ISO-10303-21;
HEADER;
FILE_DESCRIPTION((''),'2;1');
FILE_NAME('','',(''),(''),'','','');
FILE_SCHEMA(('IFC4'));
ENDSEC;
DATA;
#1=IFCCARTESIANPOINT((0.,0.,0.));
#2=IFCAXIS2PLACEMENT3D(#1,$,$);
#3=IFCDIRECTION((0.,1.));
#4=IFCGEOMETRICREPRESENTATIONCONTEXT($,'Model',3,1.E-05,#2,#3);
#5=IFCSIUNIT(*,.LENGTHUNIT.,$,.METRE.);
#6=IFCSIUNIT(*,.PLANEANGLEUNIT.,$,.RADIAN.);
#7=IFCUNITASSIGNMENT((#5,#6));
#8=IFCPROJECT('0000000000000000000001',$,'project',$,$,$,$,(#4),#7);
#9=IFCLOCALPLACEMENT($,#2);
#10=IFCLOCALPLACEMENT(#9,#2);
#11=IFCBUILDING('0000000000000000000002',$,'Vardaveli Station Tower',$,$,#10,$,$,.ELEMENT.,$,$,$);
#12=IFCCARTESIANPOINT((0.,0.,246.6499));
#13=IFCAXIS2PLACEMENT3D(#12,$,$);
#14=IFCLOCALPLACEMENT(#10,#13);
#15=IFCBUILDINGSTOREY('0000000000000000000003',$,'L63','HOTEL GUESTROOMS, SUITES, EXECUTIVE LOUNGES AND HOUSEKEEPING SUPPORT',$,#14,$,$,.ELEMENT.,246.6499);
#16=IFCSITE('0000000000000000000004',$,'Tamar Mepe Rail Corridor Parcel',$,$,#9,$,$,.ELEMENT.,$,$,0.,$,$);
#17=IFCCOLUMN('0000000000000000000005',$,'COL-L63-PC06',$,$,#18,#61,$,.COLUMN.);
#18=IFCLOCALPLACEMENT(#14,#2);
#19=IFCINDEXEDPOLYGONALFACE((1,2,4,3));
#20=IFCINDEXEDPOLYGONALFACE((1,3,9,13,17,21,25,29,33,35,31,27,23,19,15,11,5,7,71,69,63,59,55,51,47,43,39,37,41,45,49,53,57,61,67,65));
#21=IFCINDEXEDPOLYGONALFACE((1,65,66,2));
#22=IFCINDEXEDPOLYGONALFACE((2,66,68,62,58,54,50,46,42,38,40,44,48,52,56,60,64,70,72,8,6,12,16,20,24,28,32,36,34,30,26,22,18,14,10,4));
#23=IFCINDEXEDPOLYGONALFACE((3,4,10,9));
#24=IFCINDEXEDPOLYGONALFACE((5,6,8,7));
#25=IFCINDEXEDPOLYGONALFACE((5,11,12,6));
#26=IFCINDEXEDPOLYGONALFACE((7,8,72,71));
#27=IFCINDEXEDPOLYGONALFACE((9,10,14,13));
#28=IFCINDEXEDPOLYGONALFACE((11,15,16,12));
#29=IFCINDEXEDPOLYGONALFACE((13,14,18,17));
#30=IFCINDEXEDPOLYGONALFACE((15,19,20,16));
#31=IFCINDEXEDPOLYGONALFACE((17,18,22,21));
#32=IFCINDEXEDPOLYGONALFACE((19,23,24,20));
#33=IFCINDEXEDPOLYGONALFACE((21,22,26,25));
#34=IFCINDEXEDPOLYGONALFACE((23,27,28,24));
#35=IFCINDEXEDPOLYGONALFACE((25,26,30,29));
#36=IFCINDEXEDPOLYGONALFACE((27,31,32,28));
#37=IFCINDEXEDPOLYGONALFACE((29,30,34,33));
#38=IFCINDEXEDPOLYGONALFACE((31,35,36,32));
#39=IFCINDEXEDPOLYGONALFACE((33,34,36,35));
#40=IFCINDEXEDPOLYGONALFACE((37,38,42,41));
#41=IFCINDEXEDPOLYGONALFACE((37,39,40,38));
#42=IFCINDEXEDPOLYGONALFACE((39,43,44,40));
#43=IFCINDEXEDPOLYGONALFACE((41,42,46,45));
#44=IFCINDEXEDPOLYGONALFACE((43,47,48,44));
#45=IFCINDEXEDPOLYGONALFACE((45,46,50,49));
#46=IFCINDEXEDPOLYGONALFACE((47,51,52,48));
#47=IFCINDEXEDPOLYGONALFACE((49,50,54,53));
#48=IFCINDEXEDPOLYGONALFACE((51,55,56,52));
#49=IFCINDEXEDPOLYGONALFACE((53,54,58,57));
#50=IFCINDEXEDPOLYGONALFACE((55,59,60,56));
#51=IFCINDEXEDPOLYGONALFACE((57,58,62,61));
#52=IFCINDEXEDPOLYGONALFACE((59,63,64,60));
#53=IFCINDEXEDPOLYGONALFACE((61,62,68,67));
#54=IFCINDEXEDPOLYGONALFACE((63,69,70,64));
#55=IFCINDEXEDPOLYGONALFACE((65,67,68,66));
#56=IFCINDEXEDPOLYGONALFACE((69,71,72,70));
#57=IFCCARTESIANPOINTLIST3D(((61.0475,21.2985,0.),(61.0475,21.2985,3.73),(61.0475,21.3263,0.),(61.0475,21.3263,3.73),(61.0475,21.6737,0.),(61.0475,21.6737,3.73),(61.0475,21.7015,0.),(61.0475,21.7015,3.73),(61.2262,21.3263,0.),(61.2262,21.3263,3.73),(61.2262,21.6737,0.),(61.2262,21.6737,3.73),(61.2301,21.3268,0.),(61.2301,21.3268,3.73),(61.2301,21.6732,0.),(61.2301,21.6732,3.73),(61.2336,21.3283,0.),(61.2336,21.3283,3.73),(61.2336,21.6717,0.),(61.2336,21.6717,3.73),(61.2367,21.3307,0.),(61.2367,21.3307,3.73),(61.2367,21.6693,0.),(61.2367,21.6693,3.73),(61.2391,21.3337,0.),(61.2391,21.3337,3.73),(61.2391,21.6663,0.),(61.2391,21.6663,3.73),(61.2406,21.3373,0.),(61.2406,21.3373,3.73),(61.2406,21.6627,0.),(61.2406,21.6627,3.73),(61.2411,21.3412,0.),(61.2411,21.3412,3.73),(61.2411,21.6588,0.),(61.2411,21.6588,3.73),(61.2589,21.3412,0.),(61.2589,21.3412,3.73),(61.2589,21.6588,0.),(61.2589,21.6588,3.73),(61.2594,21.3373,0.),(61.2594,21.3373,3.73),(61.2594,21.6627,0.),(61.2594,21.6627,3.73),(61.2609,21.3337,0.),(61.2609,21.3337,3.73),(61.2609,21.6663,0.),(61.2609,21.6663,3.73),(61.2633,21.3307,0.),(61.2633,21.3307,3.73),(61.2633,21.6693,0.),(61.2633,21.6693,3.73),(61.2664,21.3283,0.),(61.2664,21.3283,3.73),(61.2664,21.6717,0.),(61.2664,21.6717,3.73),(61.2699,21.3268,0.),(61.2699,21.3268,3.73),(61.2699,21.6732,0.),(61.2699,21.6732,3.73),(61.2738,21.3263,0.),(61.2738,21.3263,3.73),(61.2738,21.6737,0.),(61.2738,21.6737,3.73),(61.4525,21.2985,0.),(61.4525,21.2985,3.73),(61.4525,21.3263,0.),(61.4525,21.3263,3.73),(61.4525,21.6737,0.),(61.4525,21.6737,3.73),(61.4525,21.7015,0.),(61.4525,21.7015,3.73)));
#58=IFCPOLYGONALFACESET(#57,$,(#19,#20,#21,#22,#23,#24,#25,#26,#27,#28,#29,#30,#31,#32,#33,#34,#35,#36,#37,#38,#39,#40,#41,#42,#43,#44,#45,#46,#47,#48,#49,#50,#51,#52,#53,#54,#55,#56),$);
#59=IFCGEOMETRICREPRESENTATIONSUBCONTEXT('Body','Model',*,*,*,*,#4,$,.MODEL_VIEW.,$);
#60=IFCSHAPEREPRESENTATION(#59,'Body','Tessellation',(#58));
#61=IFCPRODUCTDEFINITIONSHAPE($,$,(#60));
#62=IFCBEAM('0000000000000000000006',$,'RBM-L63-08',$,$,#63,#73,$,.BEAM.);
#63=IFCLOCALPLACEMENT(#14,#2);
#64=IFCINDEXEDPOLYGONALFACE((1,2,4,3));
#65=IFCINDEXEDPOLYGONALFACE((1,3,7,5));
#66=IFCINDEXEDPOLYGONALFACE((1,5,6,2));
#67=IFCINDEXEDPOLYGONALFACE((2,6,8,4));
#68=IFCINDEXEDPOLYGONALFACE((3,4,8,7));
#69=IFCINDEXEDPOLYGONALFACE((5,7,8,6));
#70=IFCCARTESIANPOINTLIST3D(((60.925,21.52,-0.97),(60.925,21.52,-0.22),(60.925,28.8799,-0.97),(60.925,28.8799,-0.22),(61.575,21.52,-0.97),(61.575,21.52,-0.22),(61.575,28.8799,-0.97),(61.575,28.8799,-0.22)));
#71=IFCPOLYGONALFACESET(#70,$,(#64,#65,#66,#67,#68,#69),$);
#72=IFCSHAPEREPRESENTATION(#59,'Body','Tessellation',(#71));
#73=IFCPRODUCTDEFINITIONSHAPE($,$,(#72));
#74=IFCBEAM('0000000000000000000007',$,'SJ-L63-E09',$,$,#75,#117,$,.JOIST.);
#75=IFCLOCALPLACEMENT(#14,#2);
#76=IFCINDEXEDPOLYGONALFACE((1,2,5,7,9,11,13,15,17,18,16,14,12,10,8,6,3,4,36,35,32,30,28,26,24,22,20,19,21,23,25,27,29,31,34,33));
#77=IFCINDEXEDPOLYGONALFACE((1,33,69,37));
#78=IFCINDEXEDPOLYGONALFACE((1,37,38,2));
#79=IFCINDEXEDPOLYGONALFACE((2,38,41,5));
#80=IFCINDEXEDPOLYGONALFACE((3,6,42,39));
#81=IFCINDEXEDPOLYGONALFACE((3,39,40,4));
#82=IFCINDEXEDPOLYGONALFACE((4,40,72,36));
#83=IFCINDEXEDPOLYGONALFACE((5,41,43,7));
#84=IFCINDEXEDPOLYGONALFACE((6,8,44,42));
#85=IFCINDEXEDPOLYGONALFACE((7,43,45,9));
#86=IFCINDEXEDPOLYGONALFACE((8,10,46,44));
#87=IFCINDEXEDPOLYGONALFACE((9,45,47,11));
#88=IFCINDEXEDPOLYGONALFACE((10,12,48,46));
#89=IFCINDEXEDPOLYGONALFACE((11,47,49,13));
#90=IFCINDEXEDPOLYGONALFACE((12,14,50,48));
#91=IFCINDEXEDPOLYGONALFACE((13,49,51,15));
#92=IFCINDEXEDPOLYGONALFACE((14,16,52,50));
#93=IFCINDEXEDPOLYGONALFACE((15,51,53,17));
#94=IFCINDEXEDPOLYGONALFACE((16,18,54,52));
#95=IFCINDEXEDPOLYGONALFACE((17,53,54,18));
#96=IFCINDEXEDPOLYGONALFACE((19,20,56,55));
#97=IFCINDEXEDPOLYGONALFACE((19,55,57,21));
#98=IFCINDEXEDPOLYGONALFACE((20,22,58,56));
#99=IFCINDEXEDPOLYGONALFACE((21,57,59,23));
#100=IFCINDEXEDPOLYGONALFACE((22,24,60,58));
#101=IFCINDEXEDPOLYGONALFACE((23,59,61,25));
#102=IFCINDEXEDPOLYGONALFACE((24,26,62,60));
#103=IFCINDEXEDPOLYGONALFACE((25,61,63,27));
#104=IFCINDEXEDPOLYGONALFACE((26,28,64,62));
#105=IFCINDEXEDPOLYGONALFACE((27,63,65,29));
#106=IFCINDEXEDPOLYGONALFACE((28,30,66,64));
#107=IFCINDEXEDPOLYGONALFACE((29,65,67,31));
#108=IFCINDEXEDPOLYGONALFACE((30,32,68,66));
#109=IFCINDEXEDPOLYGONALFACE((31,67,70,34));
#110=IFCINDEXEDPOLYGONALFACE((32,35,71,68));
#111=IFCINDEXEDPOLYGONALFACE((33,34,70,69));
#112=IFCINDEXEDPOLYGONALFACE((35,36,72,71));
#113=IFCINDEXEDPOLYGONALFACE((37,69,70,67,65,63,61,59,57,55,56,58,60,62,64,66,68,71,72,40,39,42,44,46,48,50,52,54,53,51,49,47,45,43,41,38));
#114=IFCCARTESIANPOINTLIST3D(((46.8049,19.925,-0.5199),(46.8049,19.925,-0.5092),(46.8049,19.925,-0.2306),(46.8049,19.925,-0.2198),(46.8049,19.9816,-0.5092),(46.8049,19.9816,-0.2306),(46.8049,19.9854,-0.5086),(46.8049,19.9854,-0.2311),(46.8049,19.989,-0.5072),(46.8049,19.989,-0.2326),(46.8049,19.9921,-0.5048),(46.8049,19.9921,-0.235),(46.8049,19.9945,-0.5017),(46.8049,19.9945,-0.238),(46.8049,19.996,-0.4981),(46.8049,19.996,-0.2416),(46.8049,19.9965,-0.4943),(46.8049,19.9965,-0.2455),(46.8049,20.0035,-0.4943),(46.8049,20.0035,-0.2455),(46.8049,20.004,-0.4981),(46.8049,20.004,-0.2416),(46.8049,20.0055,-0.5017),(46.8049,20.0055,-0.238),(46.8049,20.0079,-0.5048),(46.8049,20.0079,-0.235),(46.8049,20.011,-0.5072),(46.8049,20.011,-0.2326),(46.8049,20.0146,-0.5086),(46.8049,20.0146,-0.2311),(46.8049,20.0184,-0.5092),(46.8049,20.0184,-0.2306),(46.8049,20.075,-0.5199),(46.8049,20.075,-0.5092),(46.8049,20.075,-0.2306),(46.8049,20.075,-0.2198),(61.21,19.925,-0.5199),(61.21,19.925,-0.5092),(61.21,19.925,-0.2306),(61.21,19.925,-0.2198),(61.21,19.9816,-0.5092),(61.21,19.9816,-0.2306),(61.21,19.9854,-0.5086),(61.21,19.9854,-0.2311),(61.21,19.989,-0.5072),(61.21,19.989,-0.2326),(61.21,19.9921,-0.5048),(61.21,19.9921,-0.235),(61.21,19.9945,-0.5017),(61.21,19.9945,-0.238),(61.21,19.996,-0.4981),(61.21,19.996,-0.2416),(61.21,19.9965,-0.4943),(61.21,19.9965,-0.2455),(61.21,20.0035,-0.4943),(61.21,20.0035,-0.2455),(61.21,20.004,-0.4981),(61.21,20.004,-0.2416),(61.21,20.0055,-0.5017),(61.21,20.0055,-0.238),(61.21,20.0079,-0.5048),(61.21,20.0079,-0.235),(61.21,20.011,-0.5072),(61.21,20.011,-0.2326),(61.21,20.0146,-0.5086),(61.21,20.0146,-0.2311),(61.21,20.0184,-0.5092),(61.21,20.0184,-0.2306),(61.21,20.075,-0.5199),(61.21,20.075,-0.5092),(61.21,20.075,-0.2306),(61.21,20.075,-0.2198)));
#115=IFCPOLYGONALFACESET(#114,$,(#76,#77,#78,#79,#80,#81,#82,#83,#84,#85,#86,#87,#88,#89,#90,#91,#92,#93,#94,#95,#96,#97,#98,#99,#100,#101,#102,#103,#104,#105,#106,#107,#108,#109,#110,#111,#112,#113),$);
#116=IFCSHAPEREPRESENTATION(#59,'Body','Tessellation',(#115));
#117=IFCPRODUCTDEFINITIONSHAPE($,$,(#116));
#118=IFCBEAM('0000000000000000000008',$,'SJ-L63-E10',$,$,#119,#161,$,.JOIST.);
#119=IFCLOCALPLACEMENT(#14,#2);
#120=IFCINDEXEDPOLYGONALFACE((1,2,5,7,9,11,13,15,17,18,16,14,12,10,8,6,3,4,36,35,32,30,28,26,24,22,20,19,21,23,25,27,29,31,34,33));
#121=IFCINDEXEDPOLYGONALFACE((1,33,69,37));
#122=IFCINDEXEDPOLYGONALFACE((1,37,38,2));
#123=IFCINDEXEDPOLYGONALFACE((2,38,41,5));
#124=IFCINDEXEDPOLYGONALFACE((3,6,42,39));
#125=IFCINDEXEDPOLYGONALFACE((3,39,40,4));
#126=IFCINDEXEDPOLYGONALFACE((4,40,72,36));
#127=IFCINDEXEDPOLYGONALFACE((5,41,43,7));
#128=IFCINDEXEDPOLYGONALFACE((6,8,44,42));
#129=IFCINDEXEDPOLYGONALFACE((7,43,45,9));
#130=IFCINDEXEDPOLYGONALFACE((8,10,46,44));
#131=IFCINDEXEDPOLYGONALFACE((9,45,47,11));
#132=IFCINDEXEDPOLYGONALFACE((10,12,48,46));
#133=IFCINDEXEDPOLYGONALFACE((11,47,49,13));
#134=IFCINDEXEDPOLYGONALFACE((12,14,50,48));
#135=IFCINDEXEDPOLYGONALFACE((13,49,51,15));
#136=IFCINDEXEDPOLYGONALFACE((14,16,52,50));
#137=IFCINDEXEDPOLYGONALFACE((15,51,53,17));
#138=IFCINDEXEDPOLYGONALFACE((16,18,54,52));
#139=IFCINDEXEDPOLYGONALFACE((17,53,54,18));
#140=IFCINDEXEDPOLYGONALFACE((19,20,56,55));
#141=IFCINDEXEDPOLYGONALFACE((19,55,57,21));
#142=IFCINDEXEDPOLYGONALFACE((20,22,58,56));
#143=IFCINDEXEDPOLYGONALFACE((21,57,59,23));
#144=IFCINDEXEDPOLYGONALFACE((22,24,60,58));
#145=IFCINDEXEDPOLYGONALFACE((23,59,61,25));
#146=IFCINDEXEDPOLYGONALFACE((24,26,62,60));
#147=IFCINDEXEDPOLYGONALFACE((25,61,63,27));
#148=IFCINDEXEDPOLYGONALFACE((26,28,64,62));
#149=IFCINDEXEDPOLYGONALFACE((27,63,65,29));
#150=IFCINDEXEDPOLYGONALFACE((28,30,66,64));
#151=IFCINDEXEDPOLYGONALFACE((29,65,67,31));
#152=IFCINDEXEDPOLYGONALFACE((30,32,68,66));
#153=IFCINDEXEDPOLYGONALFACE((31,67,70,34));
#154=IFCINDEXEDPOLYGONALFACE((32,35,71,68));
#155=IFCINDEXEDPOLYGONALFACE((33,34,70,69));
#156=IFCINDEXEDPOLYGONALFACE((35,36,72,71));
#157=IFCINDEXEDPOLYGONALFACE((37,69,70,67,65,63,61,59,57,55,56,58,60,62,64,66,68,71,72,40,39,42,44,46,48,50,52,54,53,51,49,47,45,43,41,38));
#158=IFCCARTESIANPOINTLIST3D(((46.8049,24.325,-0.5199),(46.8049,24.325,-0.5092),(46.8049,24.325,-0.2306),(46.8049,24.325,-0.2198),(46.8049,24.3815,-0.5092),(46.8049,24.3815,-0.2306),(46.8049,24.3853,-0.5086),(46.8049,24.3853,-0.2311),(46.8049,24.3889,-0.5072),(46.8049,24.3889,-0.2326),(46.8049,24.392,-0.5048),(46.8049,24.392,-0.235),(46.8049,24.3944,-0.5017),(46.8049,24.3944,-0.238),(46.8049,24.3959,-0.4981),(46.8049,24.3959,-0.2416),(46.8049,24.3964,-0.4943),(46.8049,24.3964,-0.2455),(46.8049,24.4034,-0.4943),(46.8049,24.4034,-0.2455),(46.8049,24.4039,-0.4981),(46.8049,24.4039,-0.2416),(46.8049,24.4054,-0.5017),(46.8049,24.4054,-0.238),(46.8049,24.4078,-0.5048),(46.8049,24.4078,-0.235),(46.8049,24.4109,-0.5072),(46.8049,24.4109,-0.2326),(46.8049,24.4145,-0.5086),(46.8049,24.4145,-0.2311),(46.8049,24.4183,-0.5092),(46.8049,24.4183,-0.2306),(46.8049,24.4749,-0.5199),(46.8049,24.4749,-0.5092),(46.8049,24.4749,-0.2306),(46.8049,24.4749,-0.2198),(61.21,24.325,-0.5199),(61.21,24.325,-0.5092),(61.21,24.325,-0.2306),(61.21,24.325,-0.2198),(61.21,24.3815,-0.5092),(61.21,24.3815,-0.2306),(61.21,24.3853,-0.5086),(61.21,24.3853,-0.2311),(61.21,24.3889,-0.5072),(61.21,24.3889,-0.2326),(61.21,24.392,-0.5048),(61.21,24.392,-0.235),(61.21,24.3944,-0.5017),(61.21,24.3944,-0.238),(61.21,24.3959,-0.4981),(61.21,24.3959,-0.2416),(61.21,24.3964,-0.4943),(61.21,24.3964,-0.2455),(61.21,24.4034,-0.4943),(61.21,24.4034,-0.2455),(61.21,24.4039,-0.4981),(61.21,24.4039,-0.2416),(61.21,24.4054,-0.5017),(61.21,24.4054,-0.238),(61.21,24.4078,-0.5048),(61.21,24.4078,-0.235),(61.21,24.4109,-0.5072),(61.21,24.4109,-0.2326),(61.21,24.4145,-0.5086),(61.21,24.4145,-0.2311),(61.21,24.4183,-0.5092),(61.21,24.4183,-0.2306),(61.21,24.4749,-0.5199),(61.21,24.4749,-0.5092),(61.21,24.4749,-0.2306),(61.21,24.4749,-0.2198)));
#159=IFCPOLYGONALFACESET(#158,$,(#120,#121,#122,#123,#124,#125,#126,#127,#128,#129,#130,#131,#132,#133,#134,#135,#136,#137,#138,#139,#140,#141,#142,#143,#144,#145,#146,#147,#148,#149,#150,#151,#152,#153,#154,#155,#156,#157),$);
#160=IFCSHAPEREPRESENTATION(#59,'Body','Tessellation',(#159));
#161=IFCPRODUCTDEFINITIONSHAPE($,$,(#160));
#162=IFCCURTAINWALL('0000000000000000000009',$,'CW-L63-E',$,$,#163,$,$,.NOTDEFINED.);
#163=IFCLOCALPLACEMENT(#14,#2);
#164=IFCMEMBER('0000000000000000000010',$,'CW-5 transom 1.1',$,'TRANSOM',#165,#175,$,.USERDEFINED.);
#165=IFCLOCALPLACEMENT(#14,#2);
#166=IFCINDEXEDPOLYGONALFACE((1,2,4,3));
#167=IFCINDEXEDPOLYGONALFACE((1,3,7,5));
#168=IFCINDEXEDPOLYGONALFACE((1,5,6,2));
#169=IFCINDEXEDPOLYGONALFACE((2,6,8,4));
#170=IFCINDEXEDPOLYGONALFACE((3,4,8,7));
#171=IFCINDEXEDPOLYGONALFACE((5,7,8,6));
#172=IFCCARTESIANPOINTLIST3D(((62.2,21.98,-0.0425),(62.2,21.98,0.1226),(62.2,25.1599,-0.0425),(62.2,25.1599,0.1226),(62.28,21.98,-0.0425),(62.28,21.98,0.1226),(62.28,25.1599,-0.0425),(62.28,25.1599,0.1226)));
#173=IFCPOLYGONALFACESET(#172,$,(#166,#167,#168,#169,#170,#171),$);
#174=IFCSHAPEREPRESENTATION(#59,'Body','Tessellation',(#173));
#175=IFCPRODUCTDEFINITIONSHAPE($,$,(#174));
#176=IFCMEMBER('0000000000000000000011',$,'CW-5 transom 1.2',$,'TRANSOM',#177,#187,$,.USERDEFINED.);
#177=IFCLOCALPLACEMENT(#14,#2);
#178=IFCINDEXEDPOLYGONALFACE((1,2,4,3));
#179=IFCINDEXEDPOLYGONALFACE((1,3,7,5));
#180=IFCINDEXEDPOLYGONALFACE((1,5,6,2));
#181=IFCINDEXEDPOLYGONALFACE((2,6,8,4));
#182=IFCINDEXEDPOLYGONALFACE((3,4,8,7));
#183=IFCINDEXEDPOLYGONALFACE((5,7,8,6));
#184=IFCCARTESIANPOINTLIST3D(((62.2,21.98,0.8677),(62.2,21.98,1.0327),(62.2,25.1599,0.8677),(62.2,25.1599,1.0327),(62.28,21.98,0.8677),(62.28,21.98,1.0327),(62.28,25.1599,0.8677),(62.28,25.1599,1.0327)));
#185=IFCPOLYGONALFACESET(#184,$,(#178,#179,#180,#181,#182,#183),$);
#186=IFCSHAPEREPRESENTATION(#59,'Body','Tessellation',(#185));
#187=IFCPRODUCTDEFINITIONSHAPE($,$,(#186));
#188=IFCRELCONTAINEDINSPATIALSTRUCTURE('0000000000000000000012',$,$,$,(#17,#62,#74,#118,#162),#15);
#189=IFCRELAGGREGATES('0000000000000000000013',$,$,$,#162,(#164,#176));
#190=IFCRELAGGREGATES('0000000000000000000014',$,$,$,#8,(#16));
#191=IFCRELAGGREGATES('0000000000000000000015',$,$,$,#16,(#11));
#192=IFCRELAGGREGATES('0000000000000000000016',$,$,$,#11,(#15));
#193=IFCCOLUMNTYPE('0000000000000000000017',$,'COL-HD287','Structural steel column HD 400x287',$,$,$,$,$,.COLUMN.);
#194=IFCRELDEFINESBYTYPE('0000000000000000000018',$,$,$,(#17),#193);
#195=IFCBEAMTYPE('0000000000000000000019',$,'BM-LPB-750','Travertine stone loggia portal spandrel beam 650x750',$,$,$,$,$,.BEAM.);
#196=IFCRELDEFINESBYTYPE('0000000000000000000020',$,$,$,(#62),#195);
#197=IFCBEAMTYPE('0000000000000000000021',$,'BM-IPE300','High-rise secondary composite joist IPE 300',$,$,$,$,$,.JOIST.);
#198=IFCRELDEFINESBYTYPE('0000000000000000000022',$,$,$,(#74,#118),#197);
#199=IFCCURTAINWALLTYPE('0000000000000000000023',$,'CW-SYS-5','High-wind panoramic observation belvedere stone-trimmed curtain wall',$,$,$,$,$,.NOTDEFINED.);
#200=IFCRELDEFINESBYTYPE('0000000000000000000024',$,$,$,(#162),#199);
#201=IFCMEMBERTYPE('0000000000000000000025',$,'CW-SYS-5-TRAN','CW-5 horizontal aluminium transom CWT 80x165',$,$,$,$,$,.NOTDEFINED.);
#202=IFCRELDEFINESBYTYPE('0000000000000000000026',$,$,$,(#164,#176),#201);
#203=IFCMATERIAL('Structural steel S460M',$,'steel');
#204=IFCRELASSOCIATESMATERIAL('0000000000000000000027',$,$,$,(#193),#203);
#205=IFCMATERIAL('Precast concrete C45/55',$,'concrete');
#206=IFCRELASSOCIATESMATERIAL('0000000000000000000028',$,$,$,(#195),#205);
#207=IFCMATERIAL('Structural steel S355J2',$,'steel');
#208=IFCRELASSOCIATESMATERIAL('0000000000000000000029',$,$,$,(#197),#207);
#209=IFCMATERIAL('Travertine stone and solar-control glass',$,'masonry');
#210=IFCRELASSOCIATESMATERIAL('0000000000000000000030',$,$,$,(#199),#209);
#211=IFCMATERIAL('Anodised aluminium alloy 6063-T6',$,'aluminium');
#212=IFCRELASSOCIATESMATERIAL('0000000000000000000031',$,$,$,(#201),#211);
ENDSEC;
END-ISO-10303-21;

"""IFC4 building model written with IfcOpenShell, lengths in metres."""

from ifc_helpers import new_model, si_unit, direction, frame, origin, origin_2d, place, context, subcontext, project, spatial, rectangle, i_section, extrude, source, transform, mapped, material, material_profile, profile_set, type_object, element, aggregate, save


model = new_model("IFC4")

# Units and contexts
model_context = context("Model", 3, precision=1e-05, world=origin(), true_north=direction((0.0, 1.0)))
body_context = subcontext(model_context, "Body", "Model", "MODEL_VIEW")
ifc_project = project(units=[si_unit("LENGTHUNIT", "METRE"), si_unit("PLANEANGLEUNIT", "RADIAN")], contexts=[model_context])

# Site, building, storey
site_placement = place(None, origin())
site = spatial("IfcSite", under=ifc_project, at=site_placement, Name="Tamar Mepe Rail Corridor Parcel", CompositionType="ELEMENT", RefElevation=0.0)
building_placement = place(site_placement, origin())
building = spatial("IfcBuilding", under=site, at=building_placement, Name="Vardaveli Station Tower", CompositionType="ELEMENT")
storey_placement = place(building_placement, frame((0.0, 0.0, 246.6499)))
storey = spatial("IfcBuildingStorey", under=building, at=storey_placement, Name="L63", Description="HOTEL GUESTROOMS, SUITES, EXECUTIVE LOUNGES AND HOUSEKEEPING SUPPORT", CompositionType="ELEMENT", Elevation=246.6499)

# Column
ifc_material_1 = material(Name="Structural steel S460M", Category="steel")
ifc_material_profile_1 = material_profile(ifc_material_1, i_section(OverallWidth=0.405, OverallDepth=0.4031, WebThickness=0.0178, FlangeThickness=0.0278, FilletRadius=0.0149, at=origin_2d()), Name="HD 400x287")
ifc_profile_set_1 = profile_set([ifc_material_profile_1], Name="Structural steel S460M")
column_type = type_object("IfcColumnType", Name="COL-HD287", Description="Structural steel column HD 400x287", PredefinedType="COLUMN", material=ifc_profile_set_1)
shared_shape_1 = source(origin(), body_context, "Body", "SweptSolid", [
    extrude(i_section(OverallWidth=0.405, OverallDepth=0.4031, WebThickness=0.0178, FlangeThickness=0.0278, FilletRadius=0.0149, at=origin_2d()), origin(), (0.0, 0.0, 1.0), 3.73),
])
column_placement = place(storey_placement, frame((61.25, 21.5, 0.0), z_axis=(0.0, 0.0, 1.0), x_axis=(1.0, 0.0, 0.0)))
element("IfcColumn", 1, at=column_placement, inside=storey, type_object=column_type, Name="COL-L63-PC06", PredefinedType="COLUMN", context=body_context, shape_type="MappedRepresentation", body=[
    mapped(shared_shape_1, transform((0.0, 0.0, 0.0), scale=1.0)),
])

# Beams
ifc_material_2 = material(Name="Precast concrete C45/55", Category="concrete")
ifc_material_profile_2 = material_profile(ifc_material_2, rectangle(XDim=0.6499, YDim=0.75, at=origin_2d()), Name="LPB 650x750")
ifc_profile_set_2 = profile_set([ifc_material_profile_2], Name="Precast concrete C45/55")
beam_type_1 = type_object("IfcBeamType", Name="BM-LPB-750", Description="Travertine stone loggia portal spandrel beam 650x750", PredefinedType="BEAM", material=ifc_profile_set_2)
shared_shape_2 = source(origin(), body_context, "Body", "SweptSolid", [
    extrude(rectangle(XDim=0.6499, YDim=0.75, at=origin_2d()), origin(), (0.0, 0.0, 1.0), 7.3599),
])
beam_placement = place(storey_placement, frame((61.25, 21.52, -0.595), z_axis=(0.0, 1.0, 0.0), x_axis=(-1.0, 0.0, 0.0)))
element("IfcBeam", 2, at=beam_placement, inside=storey, type_object=beam_type_1, Name="RBM-L63-08", PredefinedType="BEAM", context=body_context, shape_type="MappedRepresentation", body=[
    mapped(shared_shape_2, transform((0.0, 0.0, 0.0), scale=1.0)),
])
ifc_material_3 = material(Name="Structural steel S355J2", Category="steel")
ifc_material_profile_3 = material_profile(ifc_material_3, i_section(OverallWidth=0.1499, OverallDepth=0.3, WebThickness=0.0071, FlangeThickness=0.0107, FilletRadius=0.0149, at=origin_2d()), Name="IPE 300")
ifc_profile_set_3 = profile_set([ifc_material_profile_3], Name="Structural steel S355J2")
beam_type_2 = type_object("IfcBeamType", Name="BM-IPE300", Description="High-rise secondary composite joist IPE 300", PredefinedType="JOIST", material=ifc_profile_set_3)
shared_shape_3 = source(origin(), body_context, "Body", "SweptSolid", [
    extrude(i_section(OverallWidth=0.1499, OverallDepth=0.3, WebThickness=0.0071, FlangeThickness=0.0107, FilletRadius=0.0149, at=origin_2d()), origin(), (0.0, 0.0, 1.0), 14.405),
])
for number, where, z_axis, x_axis, name in (
    (3, (46.8049, 20.0, -0.3699), (1.0, 0.0, 0.0), (0.0, 1.0, 0.0), "SJ-L63-E09"),
    (4, (46.8049, 24.3999, -0.3699), (1.0, 0.0, 0.0), (0.0, 1.0, 0.0), "SJ-L63-E10"),
):
    element("IfcBeam", number, at=place(storey_placement, frame(where, z_axis=z_axis, x_axis=x_axis)), inside=storey, type_object=beam_type_2, Name=name, PredefinedType="JOIST", context=body_context, shape_type="MappedRepresentation", body=[
        mapped(shared_shape_3, transform((0.0, 0.0, 0.0), scale=1.0)),
    ])

# Curtain wall, members
ifc_material_4 = material(Name="Travertine stone and solar-control glass", Category="masonry")
curtain_wall_type = type_object("IfcCurtainWallType", Name="CW-SYS-5", Description="High-wind panoramic observation belvedere stone-trimmed curtain wall", PredefinedType="NOTDEFINED", material=ifc_material_4)
curtain_wall_placement = place(storey_placement, origin())
curtain_wall = element("IfcCurtainWall", 5, at=curtain_wall_placement, inside=storey, type_object=curtain_wall_type, Name="CW-L63-E", PredefinedType="NOTDEFINED")
ifc_material_5 = material(Name="Anodised aluminium alloy 6063-T6", Category="aluminium")
ifc_material_profile_4 = material_profile(ifc_material_5, rectangle(XDim=0.0801, YDim=0.165, at=origin_2d()), Name="CWT 80x165")
ifc_profile_set_4 = profile_set([ifc_material_profile_4], Name="Anodised aluminium alloy 6063-T6")
member_type_1 = type_object("IfcMemberType", Name="CW-SYS-5-TRAN", Description="CW-5 horizontal aluminium transom CWT 80x165", PredefinedType="NOTDEFINED", material=ifc_profile_set_4)
shared_shape_4 = source(origin(), body_context, "Body", "SweptSolid", [
    extrude(rectangle(XDim=0.0801, YDim=0.165, at=origin_2d()), origin(), (0.0, 0.0, 1.0), 3.1799),
])
member_1_placement = place(storey_placement, frame((62.24, 21.98, 0.04), z_axis=(0.0, 1.0, 0.0), x_axis=(-1.0, 0.0, 0.0)))
member_1 = element("IfcMember", 6, at=member_1_placement, type_object=member_type_1, Name="CW-5 transom 1.1", ObjectType="TRANSOM", PredefinedType="USERDEFINED", context=body_context, shape_type="MappedRepresentation", body=[
    mapped(shared_shape_4, transform((0.0, 0.0, 0.0), scale=1.0)),
])
member_2_placement = place(storey_placement, frame((62.24, 21.98, 0.9502), z_axis=(0.0, 1.0, 0.0), x_axis=(-1.0, 0.0, 0.0)))
member_2 = element("IfcMember", 7, at=member_2_placement, type_object=member_type_1, Name="CW-5 transom 1.2", ObjectType="TRANSOM", PredefinedType="USERDEFINED", context=body_context, shape_type="MappedRepresentation", body=[
    mapped(shared_shape_4, transform((0.0, 0.0, 0.0), scale=1.0)),
])
aggregate(curtain_wall, [member_1, member_2])

save(model, "model.ifc")
